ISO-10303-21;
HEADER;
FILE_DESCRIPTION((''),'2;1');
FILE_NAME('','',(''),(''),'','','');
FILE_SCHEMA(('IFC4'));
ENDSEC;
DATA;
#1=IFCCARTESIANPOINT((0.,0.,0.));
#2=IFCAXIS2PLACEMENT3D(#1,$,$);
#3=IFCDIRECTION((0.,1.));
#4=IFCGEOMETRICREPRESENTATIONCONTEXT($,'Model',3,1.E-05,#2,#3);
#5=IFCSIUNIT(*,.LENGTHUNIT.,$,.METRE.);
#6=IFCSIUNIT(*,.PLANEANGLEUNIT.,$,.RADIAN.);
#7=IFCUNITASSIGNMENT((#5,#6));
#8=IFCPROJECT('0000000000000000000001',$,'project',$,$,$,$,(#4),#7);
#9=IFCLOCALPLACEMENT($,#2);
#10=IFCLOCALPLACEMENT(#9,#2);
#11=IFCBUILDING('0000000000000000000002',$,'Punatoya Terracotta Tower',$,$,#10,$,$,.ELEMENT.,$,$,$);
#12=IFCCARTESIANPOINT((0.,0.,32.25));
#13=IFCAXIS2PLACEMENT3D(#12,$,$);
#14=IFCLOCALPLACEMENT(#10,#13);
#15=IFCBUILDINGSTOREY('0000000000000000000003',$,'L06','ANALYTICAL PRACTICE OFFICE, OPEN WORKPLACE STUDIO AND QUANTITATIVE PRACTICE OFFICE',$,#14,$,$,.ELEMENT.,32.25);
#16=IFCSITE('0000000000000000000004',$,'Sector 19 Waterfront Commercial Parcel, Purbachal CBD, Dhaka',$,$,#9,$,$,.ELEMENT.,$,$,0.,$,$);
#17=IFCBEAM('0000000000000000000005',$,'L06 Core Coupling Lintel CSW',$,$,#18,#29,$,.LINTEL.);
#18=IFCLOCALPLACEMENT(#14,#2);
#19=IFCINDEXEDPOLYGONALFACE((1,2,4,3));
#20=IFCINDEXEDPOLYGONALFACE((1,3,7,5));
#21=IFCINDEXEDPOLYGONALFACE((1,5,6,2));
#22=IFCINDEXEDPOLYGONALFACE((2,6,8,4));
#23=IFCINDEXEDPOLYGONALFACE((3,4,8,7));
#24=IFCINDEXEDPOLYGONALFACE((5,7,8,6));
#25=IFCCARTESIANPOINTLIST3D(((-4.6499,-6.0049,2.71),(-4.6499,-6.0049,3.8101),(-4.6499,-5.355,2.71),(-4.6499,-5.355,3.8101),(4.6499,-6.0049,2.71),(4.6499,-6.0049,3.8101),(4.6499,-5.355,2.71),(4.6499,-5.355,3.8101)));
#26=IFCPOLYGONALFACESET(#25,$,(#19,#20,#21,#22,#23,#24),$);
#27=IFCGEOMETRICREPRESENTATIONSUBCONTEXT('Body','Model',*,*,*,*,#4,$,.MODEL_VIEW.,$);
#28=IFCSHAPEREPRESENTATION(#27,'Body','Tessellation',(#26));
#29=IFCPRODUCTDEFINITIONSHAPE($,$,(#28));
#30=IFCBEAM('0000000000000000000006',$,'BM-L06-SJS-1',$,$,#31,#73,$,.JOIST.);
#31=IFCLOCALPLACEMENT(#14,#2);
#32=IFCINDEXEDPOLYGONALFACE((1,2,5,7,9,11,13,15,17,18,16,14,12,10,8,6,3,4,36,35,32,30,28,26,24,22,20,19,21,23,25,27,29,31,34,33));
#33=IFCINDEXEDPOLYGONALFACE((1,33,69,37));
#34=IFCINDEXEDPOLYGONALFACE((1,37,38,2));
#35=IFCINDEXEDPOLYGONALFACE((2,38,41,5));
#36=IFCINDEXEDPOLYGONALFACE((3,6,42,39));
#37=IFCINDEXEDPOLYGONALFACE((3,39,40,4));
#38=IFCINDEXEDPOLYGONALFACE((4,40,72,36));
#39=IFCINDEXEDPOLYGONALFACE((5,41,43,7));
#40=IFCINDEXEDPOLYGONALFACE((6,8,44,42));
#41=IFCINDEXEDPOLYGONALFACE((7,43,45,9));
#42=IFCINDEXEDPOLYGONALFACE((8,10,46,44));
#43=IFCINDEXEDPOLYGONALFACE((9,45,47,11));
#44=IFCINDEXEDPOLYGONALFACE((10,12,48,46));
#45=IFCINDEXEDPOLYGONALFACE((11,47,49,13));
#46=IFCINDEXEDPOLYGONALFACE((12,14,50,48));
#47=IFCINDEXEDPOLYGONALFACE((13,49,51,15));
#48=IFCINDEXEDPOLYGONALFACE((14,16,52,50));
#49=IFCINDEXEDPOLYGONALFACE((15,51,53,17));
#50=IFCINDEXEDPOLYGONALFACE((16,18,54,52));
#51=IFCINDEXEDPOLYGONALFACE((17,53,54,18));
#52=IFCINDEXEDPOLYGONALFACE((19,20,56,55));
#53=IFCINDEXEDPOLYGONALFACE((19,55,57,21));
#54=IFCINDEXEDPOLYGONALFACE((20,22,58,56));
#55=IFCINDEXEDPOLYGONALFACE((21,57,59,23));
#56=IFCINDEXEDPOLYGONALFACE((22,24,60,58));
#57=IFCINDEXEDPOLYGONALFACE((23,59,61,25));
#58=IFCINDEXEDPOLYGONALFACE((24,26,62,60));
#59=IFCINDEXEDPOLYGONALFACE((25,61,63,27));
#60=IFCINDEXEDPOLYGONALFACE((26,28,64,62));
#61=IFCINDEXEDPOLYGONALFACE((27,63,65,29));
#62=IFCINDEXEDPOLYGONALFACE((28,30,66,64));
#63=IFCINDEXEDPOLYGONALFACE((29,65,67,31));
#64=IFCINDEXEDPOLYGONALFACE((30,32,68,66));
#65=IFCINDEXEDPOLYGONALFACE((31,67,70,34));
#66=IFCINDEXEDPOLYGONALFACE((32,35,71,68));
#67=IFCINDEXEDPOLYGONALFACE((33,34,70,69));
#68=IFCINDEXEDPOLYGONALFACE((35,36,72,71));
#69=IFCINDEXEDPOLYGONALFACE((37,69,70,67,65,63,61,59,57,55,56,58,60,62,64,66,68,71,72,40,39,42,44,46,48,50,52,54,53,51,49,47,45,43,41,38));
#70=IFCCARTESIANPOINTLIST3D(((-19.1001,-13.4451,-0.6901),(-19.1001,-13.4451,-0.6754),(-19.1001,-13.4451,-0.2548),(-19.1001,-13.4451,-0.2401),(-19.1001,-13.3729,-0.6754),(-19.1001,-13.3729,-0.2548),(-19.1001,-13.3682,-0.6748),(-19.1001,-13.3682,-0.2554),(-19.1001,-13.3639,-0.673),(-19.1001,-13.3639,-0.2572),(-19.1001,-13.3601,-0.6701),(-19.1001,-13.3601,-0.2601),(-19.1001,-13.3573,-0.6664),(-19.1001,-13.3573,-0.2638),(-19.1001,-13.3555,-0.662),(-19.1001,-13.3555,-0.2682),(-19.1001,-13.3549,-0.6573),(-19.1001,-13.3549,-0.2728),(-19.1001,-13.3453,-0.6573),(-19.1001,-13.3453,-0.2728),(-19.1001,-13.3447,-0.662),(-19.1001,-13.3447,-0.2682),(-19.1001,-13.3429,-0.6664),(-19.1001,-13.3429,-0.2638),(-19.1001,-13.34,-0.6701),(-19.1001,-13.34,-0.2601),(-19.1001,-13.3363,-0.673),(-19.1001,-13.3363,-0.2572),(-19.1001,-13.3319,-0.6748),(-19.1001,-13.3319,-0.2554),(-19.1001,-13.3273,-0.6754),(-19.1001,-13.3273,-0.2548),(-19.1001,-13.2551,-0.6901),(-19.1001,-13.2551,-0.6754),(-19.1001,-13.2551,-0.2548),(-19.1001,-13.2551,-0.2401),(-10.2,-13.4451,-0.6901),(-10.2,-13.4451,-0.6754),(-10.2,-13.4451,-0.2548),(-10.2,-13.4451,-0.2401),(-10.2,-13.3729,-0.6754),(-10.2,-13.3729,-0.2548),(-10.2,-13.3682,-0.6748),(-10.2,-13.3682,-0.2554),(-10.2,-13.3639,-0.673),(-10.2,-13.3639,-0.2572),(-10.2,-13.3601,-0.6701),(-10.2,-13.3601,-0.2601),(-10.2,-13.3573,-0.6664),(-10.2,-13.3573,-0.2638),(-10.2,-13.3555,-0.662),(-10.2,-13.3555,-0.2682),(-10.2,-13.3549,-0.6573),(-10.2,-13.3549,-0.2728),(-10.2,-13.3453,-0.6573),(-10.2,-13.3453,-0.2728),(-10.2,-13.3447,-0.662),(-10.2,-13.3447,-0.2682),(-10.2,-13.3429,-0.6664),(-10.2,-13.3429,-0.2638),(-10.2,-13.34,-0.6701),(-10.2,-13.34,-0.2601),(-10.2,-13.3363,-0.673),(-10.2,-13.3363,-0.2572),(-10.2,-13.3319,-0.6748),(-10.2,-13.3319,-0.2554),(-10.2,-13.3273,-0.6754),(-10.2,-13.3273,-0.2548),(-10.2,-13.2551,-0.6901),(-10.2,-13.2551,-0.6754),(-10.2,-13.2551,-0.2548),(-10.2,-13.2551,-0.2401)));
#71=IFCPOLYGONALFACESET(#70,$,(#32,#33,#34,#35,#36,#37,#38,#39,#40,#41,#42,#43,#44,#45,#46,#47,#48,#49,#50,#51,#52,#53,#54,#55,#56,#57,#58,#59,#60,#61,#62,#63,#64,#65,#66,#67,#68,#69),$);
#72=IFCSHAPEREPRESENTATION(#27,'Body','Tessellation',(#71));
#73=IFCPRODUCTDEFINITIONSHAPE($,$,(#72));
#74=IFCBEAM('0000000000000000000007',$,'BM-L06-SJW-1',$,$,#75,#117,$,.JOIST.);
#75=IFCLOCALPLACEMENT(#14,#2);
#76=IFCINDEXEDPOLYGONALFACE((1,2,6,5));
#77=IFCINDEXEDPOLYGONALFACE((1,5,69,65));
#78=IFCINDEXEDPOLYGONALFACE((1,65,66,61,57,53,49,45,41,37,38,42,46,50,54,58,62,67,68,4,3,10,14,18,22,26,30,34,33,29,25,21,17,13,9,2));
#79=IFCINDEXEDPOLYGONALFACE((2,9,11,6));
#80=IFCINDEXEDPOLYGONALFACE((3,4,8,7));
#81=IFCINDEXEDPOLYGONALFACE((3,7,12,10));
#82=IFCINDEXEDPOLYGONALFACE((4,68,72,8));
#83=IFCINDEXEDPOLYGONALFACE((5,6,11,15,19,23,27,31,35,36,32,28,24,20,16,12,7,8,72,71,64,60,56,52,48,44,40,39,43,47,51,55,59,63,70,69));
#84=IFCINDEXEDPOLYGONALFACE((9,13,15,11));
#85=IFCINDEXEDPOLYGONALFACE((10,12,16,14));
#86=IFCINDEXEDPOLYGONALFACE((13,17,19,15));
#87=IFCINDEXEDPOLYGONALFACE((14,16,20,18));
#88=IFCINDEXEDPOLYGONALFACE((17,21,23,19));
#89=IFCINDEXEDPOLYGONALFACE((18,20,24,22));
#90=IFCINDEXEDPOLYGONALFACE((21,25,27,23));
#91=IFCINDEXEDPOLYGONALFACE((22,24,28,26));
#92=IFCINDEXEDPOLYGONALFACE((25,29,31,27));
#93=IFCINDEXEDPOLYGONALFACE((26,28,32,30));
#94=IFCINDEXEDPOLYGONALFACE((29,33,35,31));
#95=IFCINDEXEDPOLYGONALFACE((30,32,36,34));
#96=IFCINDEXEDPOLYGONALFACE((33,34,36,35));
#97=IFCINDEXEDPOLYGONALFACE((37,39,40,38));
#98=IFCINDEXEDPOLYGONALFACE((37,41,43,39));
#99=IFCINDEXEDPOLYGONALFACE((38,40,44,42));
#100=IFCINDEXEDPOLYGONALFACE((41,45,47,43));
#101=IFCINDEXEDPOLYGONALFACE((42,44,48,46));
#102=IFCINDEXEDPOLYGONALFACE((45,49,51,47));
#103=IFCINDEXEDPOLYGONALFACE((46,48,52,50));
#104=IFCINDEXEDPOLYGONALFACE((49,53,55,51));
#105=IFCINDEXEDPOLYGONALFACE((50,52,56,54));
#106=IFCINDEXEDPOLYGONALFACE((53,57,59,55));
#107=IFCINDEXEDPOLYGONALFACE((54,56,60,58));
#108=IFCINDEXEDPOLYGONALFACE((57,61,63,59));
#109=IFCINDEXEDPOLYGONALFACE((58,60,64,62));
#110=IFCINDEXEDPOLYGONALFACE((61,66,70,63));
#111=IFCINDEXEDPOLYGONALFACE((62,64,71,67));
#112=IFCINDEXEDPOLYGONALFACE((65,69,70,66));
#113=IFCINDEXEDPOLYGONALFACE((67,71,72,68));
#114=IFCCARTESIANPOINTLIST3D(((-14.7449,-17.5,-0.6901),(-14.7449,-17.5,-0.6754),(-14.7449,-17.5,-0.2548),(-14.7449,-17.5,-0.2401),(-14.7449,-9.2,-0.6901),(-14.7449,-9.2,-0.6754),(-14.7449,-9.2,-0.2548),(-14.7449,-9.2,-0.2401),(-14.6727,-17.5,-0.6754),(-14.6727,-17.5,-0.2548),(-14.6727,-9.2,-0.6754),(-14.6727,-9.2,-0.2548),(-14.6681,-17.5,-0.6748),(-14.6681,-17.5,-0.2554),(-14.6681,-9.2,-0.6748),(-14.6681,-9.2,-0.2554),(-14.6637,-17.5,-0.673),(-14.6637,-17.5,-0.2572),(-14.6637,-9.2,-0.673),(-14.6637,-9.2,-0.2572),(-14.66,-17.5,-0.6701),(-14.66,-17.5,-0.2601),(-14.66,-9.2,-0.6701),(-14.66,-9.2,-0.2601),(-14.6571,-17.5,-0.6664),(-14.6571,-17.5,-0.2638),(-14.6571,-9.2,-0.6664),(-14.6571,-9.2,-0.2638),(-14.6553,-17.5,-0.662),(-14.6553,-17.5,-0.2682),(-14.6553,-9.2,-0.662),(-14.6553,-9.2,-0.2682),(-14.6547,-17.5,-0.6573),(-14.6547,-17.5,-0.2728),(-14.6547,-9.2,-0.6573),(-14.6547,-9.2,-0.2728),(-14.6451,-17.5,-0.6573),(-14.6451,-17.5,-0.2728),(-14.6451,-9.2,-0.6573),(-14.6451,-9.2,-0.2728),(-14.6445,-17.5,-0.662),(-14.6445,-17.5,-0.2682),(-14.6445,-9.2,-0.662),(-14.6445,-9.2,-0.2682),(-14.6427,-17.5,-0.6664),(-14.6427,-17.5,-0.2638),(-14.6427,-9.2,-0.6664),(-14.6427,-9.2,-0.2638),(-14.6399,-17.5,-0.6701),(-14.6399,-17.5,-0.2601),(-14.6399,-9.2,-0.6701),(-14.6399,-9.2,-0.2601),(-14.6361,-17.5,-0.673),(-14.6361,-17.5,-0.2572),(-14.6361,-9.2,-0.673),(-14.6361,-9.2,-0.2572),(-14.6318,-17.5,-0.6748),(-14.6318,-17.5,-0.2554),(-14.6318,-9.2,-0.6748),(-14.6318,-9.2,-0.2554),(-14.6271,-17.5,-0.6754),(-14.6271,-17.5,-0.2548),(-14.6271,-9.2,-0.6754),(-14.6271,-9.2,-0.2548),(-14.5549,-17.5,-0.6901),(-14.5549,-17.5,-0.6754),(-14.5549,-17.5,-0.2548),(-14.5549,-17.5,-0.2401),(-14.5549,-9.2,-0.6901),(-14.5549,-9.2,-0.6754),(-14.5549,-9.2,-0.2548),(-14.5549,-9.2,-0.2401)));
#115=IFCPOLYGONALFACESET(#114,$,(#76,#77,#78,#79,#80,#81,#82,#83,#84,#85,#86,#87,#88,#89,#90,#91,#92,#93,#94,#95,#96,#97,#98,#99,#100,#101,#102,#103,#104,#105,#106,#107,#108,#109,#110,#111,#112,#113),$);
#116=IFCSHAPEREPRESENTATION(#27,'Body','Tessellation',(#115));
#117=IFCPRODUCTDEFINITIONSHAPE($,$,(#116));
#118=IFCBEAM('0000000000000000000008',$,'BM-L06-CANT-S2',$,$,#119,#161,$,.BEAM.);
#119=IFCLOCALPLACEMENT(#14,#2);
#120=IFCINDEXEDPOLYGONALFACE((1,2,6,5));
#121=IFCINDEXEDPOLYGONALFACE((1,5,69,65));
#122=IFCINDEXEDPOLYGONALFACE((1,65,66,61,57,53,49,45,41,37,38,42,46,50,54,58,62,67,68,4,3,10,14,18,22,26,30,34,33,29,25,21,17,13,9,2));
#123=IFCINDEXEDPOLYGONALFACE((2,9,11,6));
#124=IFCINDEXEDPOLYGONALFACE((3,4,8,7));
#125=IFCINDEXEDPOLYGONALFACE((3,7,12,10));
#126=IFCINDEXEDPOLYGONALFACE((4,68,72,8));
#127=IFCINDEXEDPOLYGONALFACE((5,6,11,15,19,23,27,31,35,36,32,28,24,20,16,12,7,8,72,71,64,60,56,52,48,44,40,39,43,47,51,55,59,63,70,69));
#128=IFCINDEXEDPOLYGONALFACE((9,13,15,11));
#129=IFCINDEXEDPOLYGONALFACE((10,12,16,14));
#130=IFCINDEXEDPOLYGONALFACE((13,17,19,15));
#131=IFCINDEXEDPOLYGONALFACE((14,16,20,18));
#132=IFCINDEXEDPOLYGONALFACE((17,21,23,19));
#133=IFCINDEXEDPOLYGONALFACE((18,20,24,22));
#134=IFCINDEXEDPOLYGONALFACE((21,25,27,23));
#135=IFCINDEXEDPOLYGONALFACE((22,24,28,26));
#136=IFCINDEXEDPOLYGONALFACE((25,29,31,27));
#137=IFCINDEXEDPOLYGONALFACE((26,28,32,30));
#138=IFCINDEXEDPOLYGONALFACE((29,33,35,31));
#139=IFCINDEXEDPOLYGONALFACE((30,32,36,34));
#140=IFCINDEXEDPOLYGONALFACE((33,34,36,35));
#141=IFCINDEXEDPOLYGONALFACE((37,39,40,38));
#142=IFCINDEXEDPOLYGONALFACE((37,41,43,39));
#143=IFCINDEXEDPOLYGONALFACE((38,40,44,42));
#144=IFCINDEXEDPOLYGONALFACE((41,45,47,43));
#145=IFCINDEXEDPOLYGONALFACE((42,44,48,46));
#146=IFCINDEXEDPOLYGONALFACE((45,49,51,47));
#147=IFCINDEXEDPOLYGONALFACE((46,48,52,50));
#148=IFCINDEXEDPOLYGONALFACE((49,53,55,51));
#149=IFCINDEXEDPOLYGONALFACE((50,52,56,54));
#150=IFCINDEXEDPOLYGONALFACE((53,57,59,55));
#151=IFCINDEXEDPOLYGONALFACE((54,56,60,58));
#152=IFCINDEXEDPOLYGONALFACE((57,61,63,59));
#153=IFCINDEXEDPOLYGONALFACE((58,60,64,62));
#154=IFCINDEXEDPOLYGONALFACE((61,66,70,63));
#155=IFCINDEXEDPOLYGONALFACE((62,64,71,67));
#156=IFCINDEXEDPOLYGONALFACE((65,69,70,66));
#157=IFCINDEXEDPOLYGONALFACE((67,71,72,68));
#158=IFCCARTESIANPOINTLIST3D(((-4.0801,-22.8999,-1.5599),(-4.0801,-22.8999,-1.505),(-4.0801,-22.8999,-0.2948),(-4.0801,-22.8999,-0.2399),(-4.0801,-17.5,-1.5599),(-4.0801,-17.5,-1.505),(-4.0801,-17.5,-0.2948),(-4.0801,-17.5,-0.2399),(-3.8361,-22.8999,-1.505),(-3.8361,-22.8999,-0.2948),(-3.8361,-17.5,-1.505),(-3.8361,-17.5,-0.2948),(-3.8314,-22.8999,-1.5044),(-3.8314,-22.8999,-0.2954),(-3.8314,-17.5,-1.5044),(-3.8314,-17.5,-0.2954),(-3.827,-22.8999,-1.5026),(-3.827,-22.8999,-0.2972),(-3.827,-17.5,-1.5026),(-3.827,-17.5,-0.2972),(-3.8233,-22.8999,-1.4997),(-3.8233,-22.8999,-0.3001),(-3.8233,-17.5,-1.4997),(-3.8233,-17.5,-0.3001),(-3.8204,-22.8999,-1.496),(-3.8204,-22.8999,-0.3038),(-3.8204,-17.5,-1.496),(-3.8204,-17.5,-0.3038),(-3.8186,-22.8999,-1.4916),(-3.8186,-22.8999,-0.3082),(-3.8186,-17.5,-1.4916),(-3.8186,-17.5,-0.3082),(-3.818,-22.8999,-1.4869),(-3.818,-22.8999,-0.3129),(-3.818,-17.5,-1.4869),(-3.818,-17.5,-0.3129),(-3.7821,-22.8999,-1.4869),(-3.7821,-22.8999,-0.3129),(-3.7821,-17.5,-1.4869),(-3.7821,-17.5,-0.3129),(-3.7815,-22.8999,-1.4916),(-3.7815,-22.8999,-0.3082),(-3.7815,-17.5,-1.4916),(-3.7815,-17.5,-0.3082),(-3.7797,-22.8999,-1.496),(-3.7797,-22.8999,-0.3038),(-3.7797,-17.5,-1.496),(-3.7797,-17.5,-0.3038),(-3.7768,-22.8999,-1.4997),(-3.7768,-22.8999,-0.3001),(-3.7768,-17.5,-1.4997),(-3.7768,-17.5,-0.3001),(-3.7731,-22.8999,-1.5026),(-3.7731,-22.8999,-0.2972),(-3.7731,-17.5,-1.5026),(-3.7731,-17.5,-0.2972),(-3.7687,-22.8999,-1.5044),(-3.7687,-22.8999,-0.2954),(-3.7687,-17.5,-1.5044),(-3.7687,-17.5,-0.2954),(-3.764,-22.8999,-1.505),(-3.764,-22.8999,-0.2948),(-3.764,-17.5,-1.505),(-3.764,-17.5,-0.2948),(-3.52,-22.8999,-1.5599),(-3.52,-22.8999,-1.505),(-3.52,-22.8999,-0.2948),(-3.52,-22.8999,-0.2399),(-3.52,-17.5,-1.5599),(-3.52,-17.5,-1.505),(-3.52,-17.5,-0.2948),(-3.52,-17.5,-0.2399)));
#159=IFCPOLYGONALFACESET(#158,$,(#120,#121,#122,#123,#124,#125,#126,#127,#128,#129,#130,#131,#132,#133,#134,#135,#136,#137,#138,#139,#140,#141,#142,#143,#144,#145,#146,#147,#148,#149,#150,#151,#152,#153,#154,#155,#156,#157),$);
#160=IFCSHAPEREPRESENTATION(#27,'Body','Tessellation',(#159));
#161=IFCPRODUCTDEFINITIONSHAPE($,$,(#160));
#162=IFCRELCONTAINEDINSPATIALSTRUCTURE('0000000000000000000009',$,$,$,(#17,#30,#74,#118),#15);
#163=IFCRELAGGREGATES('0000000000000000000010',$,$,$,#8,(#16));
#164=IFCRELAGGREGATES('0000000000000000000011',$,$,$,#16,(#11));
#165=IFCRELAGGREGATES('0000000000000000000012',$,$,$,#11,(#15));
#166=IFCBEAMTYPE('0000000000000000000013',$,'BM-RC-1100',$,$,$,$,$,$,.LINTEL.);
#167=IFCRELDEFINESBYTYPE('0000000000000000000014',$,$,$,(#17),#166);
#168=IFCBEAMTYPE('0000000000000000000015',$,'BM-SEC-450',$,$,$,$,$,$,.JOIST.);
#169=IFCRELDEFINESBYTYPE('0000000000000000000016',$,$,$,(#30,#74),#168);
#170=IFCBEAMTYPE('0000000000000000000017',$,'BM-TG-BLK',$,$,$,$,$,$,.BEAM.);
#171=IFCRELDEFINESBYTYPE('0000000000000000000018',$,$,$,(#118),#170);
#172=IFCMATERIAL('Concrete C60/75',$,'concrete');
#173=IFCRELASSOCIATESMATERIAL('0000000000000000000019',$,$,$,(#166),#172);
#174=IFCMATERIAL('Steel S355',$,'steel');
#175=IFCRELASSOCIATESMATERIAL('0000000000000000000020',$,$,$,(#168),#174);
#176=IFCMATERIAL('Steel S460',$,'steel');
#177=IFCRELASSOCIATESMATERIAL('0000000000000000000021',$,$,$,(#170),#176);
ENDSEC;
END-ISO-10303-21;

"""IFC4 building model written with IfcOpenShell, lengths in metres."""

from ifc_helpers import new_model, si_unit, direction, frame, origin, origin_2d, place, context, subcontext, project, spatial, rectangle, i_section, extrude, material, material_profile, profile_set, type_object, element, save


model = new_model("IFC4")

# Units and contexts
model_context = context("Model", 3, precision=1e-05, world=origin(), true_north=direction((0.0, 1.0)))
body_context = subcontext(model_context, "Body", "Model", "MODEL_VIEW")
ifc_project = project(units=[si_unit("LENGTHUNIT", "METRE"), si_unit("PLANEANGLEUNIT", "RADIAN")], contexts=[model_context])

# Site, building, storey
site_placement = place(None, origin())
site = spatial("IfcSite", under=ifc_project, at=site_placement, Name="Sector 19 Waterfront Commercial Parcel, Purbachal CBD, Dhaka", CompositionType="ELEMENT", RefElevation=0.0)
building_placement = place(site_placement, origin())
building = spatial("IfcBuilding", under=site, at=building_placement, Name="Punatoya Terracotta Tower", CompositionType="ELEMENT")
storey_placement = place(building_placement, frame((0.0, 0.0, 32.25)))
storey = spatial("IfcBuildingStorey", under=building, at=storey_placement, Name="L06", Description="ANALYTICAL PRACTICE OFFICE, OPEN WORKPLACE STUDIO AND QUANTITATIVE PRACTICE OFFICE", CompositionType="ELEMENT", Elevation=32.25)

# Shared definitions
ifc_material_1 = material(Name="Steel S460", Category="steel")

# Beams
ifc_material_2 = material(Name="Steel S355", Category="steel")
ifc_material_3 = material(Name="Concrete C60/75", Category="concrete")
ifc_material_profile_1 = material_profile(ifc_material_3, rectangle(XDim=0.6499, YDim=1.1001, at=origin_2d()))
ifc_profile_set_1 = profile_set([ifc_material_profile_1], Name="Concrete C60/75")
beam_type_1 = type_object("IfcBeamType", Name="BM-RC-1100", PredefinedType="LINTEL", material=ifc_profile_set_1)
beam_1_placement = place(storey_placement, frame((-4.6499, -5.6799, 3.26), z_axis=(1.0, 0.0, 0.0), x_axis=(0.0, 1.0, 0.0)))
element("IfcBeam", 1, at=beam_1_placement, inside=storey, type_object=beam_type_1, Name="L06 Core Coupling Lintel CSW", PredefinedType="LINTEL", context=body_context, shape_type="SweptSolid", body=[
    extrude(rectangle(XDim=0.6499, YDim=1.1001, at=origin_2d()), origin(), (0.0, 0.0, 1.0), 9.2998),
])
ifc_material_profile_2 = material_profile(ifc_material_2, i_section(OverallWidth=0.1899, OverallDepth=0.45, WebThickness=0.0095, FlangeThickness=0.0146, FilletRadius=0.0181, at=origin_2d()))
ifc_profile_set_2 = profile_set([ifc_material_profile_2], Name="Steel S355")
beam_type_2 = type_object("IfcBeamType", Name="BM-SEC-450", PredefinedType="JOIST", material=ifc_profile_set_2)
beam_2_placement = place(storey_placement, frame((-19.1001, -13.3501, -0.4651), z_axis=(1.0, 0.0, 0.0), x_axis=(0.0, 1.0, 0.0)))
element("IfcBeam", 2, at=beam_2_placement, inside=storey, type_object=beam_type_2, Name="BM-L06-SJS-1", PredefinedType="JOIST", context=body_context, shape_type="SweptSolid", body=[
    extrude(i_section(OverallWidth=0.1899, OverallDepth=0.45, WebThickness=0.0095, FlangeThickness=0.0146, FilletRadius=0.0181, at=origin_2d()), origin(), (0.0, 0.0, 1.0), 8.9001),
])
beam_3_placement = place(storey_placement, frame((-14.6499, -17.5, -0.4651), z_axis=(0.0, 1.0, 0.0), x_axis=(-1.0, 0.0, 0.0)))
element("IfcBeam", 3, at=beam_3_placement, inside=storey, type_object=beam_type_2, Name="BM-L06-SJW-1", PredefinedType="JOIST", context=body_context, shape_type="SweptSolid", body=[
    extrude(i_section(OverallWidth=0.1899, OverallDepth=0.45, WebThickness=0.0095, FlangeThickness=0.0146, FilletRadius=0.0181, at=origin_2d()), origin(), (0.0, 0.0, 1.0), 8.3),
])
ifc_material_profile_3 = material_profile(ifc_material_1, i_section(OverallWidth=0.5601, OverallDepth=1.3201, WebThickness=0.0359, FlangeThickness=0.0549, FilletRadius=0.0181, at=origin_2d()))
ifc_profile_set_3 = profile_set([ifc_material_profile_3], Name="Steel S460")
beam_type_3 = type_object("IfcBeamType", Name="BM-TG-BLK", PredefinedType="BEAM", material=ifc_profile_set_3)
beam_4_placement = place(storey_placement, frame((-3.8, -22.8999, -0.8999), z_axis=(0.0, 1.0, 0.0), x_axis=(-1.0, 0.0, 0.0)))
element("IfcBeam", 4, at=beam_4_placement, inside=storey, type_object=beam_type_3, Name="BM-L06-CANT-S2", PredefinedType="BEAM", context=body_context, shape_type="SweptSolid", body=[
    extrude(i_section(OverallWidth=0.5601, OverallDepth=1.3201, WebThickness=0.0359, FlangeThickness=0.0549, FilletRadius=0.0181, at=origin_2d()), origin(), (0.0, 0.0, 1.0), 5.3999),
])

save(model, "model.ifc")
